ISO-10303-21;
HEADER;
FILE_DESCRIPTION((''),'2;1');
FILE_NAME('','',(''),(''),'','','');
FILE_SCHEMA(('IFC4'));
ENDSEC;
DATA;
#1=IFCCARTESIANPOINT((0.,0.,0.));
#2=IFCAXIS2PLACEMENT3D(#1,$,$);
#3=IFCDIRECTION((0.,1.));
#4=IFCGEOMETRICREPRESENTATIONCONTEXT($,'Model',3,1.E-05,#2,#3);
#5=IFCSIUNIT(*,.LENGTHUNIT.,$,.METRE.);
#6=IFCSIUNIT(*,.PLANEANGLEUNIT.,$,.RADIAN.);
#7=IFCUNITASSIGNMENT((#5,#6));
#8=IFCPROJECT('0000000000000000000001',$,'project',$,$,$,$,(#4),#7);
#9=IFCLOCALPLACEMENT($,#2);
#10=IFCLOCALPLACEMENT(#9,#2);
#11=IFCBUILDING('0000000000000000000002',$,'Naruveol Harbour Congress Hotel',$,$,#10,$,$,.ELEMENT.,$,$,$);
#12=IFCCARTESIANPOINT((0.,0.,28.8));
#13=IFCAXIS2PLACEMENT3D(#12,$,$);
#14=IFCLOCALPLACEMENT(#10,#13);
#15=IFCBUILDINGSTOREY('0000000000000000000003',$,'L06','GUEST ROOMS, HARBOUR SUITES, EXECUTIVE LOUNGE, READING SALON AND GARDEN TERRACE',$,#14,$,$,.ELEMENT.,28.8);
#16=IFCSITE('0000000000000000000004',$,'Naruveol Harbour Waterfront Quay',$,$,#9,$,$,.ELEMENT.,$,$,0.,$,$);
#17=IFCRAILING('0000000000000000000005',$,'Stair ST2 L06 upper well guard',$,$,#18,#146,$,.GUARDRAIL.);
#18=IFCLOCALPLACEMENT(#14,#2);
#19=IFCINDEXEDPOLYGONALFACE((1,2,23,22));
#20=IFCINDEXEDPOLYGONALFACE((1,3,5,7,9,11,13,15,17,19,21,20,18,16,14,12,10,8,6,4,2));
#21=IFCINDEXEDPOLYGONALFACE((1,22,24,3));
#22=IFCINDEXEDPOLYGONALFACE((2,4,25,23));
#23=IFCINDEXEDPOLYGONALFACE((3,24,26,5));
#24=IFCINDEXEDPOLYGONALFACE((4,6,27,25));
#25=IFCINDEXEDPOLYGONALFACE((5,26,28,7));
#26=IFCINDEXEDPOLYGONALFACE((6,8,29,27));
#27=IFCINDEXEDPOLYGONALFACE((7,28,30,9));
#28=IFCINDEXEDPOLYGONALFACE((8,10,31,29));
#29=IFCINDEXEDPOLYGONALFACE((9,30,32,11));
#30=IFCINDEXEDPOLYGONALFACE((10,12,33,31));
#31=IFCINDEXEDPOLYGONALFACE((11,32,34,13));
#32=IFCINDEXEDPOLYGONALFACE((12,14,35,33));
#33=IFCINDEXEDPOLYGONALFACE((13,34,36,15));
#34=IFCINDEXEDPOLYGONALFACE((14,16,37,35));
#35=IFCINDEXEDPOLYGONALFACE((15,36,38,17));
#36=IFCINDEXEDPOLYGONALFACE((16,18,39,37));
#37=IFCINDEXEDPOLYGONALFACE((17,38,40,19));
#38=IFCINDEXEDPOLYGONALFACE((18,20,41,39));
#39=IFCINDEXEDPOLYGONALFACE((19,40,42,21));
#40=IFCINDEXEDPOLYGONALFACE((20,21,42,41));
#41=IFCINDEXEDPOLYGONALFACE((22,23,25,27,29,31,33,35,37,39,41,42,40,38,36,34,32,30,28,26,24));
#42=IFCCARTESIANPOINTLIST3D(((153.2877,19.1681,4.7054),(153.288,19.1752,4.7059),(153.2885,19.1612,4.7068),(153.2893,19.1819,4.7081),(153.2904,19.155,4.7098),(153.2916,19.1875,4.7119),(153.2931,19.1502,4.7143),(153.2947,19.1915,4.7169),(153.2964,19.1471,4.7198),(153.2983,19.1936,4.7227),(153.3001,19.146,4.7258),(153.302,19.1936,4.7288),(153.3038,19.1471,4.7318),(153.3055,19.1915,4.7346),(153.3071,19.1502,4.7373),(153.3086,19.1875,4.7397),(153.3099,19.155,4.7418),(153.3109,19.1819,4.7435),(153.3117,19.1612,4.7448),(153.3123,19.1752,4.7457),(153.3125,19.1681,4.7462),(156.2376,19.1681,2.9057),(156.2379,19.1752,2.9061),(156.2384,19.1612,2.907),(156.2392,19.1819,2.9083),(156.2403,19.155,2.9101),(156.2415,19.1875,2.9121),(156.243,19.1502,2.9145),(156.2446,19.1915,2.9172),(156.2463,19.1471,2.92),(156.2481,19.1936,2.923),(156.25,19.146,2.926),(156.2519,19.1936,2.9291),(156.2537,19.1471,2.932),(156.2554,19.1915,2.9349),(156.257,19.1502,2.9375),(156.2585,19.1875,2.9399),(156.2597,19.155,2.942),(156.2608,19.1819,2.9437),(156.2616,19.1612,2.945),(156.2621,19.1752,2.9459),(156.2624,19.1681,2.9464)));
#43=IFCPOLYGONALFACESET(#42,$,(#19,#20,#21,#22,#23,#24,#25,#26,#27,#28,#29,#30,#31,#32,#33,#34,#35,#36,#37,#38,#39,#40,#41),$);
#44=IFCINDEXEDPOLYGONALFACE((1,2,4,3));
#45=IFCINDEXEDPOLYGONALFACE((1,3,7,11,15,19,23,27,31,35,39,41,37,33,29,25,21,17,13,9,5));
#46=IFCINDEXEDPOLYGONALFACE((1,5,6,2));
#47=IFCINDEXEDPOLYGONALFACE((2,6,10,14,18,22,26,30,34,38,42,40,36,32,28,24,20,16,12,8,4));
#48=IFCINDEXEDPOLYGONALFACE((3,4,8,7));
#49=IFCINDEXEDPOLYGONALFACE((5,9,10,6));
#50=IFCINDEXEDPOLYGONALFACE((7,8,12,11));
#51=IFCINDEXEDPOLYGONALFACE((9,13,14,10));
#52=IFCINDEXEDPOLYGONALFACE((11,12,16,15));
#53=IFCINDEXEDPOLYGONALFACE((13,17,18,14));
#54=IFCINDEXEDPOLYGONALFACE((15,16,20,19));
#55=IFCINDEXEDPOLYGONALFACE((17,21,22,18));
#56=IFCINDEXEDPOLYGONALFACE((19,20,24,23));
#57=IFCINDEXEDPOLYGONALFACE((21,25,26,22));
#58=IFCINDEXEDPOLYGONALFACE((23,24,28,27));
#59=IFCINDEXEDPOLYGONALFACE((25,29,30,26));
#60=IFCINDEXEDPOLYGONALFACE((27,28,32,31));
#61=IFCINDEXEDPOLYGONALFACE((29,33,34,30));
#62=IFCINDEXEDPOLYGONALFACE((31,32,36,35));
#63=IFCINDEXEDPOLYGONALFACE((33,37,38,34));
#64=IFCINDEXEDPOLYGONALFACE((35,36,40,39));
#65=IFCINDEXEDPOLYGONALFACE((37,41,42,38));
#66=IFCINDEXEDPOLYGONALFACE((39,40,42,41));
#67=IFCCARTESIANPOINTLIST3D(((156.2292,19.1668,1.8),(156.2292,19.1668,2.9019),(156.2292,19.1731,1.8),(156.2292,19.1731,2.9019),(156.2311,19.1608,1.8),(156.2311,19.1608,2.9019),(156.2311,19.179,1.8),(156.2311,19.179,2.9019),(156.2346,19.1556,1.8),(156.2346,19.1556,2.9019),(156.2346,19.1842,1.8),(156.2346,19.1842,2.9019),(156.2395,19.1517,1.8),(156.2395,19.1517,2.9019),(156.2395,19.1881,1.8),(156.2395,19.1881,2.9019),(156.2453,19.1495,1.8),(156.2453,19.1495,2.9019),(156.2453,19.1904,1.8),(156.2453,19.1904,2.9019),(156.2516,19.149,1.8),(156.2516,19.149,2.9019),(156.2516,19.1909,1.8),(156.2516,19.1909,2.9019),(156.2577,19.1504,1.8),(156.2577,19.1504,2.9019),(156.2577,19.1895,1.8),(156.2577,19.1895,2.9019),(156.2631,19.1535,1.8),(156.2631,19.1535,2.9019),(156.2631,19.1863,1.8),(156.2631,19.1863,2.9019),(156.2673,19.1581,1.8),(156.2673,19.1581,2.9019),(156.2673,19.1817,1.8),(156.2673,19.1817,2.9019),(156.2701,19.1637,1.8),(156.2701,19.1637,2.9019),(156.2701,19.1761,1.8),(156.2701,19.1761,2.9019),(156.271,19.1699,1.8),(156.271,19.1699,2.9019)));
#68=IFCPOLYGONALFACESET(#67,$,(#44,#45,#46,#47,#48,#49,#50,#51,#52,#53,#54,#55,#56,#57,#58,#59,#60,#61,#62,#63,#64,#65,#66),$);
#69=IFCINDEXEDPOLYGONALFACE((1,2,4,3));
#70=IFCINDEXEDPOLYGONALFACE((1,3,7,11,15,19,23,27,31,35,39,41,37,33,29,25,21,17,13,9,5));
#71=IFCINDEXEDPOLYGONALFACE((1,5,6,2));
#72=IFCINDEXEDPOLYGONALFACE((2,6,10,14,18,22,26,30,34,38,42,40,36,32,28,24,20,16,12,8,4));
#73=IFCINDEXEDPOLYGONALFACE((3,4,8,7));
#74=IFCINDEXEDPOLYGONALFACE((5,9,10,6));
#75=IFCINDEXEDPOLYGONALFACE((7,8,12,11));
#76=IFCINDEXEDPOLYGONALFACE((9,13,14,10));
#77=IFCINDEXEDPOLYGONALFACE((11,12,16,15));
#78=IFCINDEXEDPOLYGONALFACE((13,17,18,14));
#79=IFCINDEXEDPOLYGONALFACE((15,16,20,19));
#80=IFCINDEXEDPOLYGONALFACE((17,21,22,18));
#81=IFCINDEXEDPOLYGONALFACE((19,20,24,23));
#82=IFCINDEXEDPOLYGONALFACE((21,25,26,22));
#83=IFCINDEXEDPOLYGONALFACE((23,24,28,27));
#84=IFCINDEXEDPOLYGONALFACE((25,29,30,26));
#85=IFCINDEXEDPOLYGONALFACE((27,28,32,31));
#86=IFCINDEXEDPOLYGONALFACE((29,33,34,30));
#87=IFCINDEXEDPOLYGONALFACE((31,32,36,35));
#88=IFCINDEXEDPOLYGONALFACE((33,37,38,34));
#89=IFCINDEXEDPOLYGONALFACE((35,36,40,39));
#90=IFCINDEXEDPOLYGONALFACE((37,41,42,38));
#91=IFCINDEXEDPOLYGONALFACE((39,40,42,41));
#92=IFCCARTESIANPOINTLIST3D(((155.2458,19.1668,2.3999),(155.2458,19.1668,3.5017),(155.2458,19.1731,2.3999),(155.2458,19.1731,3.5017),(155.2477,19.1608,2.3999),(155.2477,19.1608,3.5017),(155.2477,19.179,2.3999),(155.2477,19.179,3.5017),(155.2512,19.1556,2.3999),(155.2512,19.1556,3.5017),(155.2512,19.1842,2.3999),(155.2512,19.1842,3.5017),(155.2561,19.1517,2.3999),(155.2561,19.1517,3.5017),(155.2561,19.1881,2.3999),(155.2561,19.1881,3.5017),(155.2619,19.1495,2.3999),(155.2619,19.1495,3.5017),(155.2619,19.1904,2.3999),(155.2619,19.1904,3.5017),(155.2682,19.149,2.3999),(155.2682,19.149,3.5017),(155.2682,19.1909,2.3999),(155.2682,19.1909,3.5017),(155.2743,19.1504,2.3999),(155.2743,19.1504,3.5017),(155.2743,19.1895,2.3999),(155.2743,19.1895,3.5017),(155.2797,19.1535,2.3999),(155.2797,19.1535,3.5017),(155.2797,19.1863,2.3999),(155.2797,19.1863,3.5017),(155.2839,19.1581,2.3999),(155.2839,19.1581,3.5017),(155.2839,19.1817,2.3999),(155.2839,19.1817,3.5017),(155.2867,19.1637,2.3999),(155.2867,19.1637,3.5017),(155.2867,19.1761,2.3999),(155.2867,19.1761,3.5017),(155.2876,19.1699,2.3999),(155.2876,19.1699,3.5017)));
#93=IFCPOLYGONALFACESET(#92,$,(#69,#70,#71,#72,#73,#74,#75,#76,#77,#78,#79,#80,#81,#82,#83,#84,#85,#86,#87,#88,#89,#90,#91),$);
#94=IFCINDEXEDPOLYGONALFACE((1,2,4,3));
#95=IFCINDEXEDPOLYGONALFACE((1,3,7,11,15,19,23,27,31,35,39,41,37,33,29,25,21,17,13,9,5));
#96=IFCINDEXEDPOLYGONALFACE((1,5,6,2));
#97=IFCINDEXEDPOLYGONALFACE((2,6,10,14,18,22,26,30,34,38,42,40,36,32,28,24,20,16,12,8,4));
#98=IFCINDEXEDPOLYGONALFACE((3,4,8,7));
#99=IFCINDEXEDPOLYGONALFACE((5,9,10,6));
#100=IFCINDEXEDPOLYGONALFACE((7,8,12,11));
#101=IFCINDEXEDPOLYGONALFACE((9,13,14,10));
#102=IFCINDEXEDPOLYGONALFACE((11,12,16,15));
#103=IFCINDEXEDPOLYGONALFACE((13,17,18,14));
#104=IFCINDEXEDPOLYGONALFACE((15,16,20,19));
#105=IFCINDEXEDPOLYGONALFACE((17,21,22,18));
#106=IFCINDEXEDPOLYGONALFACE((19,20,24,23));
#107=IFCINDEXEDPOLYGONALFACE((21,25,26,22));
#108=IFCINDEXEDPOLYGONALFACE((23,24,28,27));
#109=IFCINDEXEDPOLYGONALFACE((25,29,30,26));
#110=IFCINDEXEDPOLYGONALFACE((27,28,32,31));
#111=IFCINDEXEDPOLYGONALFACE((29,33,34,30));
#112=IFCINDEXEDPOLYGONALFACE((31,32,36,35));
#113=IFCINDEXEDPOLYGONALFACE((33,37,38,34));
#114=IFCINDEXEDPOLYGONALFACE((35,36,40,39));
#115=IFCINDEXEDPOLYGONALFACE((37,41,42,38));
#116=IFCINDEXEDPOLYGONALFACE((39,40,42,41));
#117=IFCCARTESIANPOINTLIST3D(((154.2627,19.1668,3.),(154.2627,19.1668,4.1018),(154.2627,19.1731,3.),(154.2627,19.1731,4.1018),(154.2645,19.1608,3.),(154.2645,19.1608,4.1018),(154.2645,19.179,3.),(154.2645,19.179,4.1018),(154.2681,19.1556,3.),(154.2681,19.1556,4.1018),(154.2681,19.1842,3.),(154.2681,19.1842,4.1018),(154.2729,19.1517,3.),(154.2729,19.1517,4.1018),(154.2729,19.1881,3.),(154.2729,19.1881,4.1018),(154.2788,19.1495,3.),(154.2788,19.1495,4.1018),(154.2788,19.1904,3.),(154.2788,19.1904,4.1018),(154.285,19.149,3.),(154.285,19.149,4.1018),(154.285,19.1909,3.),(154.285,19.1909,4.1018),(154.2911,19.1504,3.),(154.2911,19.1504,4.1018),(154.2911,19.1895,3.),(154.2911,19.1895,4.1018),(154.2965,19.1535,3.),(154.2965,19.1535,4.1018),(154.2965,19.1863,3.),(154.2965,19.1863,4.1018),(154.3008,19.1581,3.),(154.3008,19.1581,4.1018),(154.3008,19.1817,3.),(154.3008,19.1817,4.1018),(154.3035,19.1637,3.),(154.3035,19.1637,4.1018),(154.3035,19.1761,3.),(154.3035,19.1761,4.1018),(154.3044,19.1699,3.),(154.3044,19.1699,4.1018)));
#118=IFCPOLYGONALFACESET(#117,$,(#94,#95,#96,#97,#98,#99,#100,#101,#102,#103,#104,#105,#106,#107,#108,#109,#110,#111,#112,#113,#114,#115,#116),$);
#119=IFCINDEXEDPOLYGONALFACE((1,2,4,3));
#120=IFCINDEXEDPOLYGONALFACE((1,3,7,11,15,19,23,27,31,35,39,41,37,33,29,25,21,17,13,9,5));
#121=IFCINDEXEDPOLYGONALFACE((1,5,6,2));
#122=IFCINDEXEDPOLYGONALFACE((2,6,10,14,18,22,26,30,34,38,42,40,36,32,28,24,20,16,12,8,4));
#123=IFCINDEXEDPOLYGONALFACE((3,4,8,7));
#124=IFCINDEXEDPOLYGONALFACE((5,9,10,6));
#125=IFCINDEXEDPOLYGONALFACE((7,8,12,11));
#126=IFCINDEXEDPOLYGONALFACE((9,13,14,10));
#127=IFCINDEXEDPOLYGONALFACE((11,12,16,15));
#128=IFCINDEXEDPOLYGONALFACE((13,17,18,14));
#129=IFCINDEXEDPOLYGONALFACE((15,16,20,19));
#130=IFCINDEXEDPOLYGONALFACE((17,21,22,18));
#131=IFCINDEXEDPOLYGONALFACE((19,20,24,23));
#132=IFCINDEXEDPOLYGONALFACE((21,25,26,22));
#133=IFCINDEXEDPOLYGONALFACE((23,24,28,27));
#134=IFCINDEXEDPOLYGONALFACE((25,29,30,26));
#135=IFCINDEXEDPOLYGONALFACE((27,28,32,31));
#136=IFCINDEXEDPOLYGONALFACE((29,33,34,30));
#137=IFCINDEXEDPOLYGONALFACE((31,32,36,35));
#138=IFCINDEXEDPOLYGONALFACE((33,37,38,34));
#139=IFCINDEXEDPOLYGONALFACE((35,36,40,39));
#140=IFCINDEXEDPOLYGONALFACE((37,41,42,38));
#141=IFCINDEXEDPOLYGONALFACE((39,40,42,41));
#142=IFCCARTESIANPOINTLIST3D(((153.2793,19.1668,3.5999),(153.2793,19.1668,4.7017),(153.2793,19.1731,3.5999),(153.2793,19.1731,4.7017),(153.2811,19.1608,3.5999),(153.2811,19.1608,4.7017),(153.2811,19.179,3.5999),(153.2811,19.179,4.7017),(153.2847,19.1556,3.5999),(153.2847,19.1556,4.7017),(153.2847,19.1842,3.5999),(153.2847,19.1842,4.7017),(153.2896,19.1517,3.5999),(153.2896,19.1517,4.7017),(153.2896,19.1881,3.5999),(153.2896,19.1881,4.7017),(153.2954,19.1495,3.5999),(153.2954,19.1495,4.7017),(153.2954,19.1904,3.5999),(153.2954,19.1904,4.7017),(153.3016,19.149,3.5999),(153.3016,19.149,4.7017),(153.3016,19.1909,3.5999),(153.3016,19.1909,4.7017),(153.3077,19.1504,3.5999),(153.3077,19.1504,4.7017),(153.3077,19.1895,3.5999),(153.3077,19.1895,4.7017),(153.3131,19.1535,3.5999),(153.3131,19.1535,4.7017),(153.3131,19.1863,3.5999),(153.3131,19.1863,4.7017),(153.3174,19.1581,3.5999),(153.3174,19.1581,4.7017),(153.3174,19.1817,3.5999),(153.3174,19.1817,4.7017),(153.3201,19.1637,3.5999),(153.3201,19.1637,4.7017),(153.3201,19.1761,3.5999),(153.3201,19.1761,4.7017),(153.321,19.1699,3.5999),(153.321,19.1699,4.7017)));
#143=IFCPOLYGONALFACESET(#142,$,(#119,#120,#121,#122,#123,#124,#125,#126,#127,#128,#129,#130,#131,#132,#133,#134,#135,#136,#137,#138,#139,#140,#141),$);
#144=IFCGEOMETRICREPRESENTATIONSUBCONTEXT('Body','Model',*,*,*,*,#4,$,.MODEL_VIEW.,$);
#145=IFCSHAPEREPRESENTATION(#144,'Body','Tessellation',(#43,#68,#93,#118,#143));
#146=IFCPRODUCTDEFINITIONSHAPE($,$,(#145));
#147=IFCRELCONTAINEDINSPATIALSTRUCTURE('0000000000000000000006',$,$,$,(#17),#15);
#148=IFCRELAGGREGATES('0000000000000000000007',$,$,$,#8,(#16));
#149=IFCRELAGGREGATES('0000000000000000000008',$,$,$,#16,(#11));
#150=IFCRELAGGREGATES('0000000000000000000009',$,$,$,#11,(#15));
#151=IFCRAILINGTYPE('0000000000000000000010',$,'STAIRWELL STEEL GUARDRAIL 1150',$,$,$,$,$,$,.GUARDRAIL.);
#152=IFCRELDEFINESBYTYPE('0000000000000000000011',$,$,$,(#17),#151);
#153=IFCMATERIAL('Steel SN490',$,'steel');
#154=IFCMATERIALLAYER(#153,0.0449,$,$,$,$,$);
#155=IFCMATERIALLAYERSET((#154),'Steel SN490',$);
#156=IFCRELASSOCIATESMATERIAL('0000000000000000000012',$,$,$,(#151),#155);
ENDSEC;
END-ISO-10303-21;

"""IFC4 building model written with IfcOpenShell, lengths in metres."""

from ifc_helpers import new_model, si_unit, direction, frame, origin, origin_2d, place, context, subcontext, project, spatial, circle, extrude, material, layer, layer_set, type_object, element, save


model = new_model("IFC4")

# Units and contexts
model_context = context("Model", 3, precision=1e-05, world=origin(), true_north=direction((0.0, 1.0)))
body_context = subcontext(model_context, "Body", "Model", "MODEL_VIEW")
ifc_project = project(units=[si_unit("LENGTHUNIT", "METRE"), si_unit("PLANEANGLEUNIT", "RADIAN")], contexts=[model_context])

# Site, building, storey
site_placement = place(None, origin())
site = spatial("IfcSite", under=ifc_project, at=site_placement, Name="Naruveol Harbour Waterfront Quay", CompositionType="ELEMENT", RefElevation=0.0)
building_placement = place(site_placement, origin())
building = spatial("IfcBuilding", under=site, at=building_placement, Name="Naruveol Harbour Congress Hotel", CompositionType="ELEMENT")
storey_placement = place(building_placement, frame((0.0, 0.0, 28.8)))
storey = spatial("IfcBuildingStorey", under=building, at=storey_placement, Name="L06", Description="GUEST ROOMS, HARBOUR SUITES, EXECUTIVE LOUNGE, READING SALON AND GARDEN TERRACE", CompositionType="ELEMENT", Elevation=28.8)

# Railing
ifc_material_1 = material(Name="Steel SN490", Category="steel")
ifc_layer_1 = layer(ifc_material_1, 0.0449)
ifc_layer_set_1 = layer_set([ifc_layer_1], Name="Steel SN490")
railing_type_1 = type_object("IfcRailingType", Name="STAIRWELL STEEL GUARDRAIL 1150", PredefinedType="GUARDRAIL", material=ifc_layer_set_1)
railing_1_placement = place(storey_placement, frame((156.25, 19.1699, 1.8)))
element("IfcRailing", 1, at=railing_1_placement, inside=storey, type_object=railing_type_1, Name="Stair ST2 L06 upper well guard", PredefinedType="GUARDRAIL", context=body_context, shape_type="SweptSolid", body=[
    extrude(circle(Radius=0.0239, at=origin_2d()), frame((0.0, 0.0, 1.126), z_axis=(-0.853661, 0.0, 0.52083), x_axis=(0.0, -1.0, 0.0)), (0.0, 0.0, 1.0), 3.4556),
    extrude(circle(Radius=0.021, at=origin_2d()), origin(), (0.0, 0.0, 1.0), 1.1018),
    extrude(circle(Radius=0.021, at=origin_2d()), frame((-0.9834, 0.0, 0.5999)), (0.0, 0.0, 1.0), 1.1018),
    extrude(circle(Radius=0.021, at=origin_2d()), frame((-1.9666, 0.0, 1.2)), (0.0, 0.0, 1.0), 1.1018),
    extrude(circle(Radius=0.021, at=origin_2d()), frame((-2.95, 0.0, 1.7998)), (0.0, 0.0, 1.0), 1.1018),
])

save(model, "model.ifc")
